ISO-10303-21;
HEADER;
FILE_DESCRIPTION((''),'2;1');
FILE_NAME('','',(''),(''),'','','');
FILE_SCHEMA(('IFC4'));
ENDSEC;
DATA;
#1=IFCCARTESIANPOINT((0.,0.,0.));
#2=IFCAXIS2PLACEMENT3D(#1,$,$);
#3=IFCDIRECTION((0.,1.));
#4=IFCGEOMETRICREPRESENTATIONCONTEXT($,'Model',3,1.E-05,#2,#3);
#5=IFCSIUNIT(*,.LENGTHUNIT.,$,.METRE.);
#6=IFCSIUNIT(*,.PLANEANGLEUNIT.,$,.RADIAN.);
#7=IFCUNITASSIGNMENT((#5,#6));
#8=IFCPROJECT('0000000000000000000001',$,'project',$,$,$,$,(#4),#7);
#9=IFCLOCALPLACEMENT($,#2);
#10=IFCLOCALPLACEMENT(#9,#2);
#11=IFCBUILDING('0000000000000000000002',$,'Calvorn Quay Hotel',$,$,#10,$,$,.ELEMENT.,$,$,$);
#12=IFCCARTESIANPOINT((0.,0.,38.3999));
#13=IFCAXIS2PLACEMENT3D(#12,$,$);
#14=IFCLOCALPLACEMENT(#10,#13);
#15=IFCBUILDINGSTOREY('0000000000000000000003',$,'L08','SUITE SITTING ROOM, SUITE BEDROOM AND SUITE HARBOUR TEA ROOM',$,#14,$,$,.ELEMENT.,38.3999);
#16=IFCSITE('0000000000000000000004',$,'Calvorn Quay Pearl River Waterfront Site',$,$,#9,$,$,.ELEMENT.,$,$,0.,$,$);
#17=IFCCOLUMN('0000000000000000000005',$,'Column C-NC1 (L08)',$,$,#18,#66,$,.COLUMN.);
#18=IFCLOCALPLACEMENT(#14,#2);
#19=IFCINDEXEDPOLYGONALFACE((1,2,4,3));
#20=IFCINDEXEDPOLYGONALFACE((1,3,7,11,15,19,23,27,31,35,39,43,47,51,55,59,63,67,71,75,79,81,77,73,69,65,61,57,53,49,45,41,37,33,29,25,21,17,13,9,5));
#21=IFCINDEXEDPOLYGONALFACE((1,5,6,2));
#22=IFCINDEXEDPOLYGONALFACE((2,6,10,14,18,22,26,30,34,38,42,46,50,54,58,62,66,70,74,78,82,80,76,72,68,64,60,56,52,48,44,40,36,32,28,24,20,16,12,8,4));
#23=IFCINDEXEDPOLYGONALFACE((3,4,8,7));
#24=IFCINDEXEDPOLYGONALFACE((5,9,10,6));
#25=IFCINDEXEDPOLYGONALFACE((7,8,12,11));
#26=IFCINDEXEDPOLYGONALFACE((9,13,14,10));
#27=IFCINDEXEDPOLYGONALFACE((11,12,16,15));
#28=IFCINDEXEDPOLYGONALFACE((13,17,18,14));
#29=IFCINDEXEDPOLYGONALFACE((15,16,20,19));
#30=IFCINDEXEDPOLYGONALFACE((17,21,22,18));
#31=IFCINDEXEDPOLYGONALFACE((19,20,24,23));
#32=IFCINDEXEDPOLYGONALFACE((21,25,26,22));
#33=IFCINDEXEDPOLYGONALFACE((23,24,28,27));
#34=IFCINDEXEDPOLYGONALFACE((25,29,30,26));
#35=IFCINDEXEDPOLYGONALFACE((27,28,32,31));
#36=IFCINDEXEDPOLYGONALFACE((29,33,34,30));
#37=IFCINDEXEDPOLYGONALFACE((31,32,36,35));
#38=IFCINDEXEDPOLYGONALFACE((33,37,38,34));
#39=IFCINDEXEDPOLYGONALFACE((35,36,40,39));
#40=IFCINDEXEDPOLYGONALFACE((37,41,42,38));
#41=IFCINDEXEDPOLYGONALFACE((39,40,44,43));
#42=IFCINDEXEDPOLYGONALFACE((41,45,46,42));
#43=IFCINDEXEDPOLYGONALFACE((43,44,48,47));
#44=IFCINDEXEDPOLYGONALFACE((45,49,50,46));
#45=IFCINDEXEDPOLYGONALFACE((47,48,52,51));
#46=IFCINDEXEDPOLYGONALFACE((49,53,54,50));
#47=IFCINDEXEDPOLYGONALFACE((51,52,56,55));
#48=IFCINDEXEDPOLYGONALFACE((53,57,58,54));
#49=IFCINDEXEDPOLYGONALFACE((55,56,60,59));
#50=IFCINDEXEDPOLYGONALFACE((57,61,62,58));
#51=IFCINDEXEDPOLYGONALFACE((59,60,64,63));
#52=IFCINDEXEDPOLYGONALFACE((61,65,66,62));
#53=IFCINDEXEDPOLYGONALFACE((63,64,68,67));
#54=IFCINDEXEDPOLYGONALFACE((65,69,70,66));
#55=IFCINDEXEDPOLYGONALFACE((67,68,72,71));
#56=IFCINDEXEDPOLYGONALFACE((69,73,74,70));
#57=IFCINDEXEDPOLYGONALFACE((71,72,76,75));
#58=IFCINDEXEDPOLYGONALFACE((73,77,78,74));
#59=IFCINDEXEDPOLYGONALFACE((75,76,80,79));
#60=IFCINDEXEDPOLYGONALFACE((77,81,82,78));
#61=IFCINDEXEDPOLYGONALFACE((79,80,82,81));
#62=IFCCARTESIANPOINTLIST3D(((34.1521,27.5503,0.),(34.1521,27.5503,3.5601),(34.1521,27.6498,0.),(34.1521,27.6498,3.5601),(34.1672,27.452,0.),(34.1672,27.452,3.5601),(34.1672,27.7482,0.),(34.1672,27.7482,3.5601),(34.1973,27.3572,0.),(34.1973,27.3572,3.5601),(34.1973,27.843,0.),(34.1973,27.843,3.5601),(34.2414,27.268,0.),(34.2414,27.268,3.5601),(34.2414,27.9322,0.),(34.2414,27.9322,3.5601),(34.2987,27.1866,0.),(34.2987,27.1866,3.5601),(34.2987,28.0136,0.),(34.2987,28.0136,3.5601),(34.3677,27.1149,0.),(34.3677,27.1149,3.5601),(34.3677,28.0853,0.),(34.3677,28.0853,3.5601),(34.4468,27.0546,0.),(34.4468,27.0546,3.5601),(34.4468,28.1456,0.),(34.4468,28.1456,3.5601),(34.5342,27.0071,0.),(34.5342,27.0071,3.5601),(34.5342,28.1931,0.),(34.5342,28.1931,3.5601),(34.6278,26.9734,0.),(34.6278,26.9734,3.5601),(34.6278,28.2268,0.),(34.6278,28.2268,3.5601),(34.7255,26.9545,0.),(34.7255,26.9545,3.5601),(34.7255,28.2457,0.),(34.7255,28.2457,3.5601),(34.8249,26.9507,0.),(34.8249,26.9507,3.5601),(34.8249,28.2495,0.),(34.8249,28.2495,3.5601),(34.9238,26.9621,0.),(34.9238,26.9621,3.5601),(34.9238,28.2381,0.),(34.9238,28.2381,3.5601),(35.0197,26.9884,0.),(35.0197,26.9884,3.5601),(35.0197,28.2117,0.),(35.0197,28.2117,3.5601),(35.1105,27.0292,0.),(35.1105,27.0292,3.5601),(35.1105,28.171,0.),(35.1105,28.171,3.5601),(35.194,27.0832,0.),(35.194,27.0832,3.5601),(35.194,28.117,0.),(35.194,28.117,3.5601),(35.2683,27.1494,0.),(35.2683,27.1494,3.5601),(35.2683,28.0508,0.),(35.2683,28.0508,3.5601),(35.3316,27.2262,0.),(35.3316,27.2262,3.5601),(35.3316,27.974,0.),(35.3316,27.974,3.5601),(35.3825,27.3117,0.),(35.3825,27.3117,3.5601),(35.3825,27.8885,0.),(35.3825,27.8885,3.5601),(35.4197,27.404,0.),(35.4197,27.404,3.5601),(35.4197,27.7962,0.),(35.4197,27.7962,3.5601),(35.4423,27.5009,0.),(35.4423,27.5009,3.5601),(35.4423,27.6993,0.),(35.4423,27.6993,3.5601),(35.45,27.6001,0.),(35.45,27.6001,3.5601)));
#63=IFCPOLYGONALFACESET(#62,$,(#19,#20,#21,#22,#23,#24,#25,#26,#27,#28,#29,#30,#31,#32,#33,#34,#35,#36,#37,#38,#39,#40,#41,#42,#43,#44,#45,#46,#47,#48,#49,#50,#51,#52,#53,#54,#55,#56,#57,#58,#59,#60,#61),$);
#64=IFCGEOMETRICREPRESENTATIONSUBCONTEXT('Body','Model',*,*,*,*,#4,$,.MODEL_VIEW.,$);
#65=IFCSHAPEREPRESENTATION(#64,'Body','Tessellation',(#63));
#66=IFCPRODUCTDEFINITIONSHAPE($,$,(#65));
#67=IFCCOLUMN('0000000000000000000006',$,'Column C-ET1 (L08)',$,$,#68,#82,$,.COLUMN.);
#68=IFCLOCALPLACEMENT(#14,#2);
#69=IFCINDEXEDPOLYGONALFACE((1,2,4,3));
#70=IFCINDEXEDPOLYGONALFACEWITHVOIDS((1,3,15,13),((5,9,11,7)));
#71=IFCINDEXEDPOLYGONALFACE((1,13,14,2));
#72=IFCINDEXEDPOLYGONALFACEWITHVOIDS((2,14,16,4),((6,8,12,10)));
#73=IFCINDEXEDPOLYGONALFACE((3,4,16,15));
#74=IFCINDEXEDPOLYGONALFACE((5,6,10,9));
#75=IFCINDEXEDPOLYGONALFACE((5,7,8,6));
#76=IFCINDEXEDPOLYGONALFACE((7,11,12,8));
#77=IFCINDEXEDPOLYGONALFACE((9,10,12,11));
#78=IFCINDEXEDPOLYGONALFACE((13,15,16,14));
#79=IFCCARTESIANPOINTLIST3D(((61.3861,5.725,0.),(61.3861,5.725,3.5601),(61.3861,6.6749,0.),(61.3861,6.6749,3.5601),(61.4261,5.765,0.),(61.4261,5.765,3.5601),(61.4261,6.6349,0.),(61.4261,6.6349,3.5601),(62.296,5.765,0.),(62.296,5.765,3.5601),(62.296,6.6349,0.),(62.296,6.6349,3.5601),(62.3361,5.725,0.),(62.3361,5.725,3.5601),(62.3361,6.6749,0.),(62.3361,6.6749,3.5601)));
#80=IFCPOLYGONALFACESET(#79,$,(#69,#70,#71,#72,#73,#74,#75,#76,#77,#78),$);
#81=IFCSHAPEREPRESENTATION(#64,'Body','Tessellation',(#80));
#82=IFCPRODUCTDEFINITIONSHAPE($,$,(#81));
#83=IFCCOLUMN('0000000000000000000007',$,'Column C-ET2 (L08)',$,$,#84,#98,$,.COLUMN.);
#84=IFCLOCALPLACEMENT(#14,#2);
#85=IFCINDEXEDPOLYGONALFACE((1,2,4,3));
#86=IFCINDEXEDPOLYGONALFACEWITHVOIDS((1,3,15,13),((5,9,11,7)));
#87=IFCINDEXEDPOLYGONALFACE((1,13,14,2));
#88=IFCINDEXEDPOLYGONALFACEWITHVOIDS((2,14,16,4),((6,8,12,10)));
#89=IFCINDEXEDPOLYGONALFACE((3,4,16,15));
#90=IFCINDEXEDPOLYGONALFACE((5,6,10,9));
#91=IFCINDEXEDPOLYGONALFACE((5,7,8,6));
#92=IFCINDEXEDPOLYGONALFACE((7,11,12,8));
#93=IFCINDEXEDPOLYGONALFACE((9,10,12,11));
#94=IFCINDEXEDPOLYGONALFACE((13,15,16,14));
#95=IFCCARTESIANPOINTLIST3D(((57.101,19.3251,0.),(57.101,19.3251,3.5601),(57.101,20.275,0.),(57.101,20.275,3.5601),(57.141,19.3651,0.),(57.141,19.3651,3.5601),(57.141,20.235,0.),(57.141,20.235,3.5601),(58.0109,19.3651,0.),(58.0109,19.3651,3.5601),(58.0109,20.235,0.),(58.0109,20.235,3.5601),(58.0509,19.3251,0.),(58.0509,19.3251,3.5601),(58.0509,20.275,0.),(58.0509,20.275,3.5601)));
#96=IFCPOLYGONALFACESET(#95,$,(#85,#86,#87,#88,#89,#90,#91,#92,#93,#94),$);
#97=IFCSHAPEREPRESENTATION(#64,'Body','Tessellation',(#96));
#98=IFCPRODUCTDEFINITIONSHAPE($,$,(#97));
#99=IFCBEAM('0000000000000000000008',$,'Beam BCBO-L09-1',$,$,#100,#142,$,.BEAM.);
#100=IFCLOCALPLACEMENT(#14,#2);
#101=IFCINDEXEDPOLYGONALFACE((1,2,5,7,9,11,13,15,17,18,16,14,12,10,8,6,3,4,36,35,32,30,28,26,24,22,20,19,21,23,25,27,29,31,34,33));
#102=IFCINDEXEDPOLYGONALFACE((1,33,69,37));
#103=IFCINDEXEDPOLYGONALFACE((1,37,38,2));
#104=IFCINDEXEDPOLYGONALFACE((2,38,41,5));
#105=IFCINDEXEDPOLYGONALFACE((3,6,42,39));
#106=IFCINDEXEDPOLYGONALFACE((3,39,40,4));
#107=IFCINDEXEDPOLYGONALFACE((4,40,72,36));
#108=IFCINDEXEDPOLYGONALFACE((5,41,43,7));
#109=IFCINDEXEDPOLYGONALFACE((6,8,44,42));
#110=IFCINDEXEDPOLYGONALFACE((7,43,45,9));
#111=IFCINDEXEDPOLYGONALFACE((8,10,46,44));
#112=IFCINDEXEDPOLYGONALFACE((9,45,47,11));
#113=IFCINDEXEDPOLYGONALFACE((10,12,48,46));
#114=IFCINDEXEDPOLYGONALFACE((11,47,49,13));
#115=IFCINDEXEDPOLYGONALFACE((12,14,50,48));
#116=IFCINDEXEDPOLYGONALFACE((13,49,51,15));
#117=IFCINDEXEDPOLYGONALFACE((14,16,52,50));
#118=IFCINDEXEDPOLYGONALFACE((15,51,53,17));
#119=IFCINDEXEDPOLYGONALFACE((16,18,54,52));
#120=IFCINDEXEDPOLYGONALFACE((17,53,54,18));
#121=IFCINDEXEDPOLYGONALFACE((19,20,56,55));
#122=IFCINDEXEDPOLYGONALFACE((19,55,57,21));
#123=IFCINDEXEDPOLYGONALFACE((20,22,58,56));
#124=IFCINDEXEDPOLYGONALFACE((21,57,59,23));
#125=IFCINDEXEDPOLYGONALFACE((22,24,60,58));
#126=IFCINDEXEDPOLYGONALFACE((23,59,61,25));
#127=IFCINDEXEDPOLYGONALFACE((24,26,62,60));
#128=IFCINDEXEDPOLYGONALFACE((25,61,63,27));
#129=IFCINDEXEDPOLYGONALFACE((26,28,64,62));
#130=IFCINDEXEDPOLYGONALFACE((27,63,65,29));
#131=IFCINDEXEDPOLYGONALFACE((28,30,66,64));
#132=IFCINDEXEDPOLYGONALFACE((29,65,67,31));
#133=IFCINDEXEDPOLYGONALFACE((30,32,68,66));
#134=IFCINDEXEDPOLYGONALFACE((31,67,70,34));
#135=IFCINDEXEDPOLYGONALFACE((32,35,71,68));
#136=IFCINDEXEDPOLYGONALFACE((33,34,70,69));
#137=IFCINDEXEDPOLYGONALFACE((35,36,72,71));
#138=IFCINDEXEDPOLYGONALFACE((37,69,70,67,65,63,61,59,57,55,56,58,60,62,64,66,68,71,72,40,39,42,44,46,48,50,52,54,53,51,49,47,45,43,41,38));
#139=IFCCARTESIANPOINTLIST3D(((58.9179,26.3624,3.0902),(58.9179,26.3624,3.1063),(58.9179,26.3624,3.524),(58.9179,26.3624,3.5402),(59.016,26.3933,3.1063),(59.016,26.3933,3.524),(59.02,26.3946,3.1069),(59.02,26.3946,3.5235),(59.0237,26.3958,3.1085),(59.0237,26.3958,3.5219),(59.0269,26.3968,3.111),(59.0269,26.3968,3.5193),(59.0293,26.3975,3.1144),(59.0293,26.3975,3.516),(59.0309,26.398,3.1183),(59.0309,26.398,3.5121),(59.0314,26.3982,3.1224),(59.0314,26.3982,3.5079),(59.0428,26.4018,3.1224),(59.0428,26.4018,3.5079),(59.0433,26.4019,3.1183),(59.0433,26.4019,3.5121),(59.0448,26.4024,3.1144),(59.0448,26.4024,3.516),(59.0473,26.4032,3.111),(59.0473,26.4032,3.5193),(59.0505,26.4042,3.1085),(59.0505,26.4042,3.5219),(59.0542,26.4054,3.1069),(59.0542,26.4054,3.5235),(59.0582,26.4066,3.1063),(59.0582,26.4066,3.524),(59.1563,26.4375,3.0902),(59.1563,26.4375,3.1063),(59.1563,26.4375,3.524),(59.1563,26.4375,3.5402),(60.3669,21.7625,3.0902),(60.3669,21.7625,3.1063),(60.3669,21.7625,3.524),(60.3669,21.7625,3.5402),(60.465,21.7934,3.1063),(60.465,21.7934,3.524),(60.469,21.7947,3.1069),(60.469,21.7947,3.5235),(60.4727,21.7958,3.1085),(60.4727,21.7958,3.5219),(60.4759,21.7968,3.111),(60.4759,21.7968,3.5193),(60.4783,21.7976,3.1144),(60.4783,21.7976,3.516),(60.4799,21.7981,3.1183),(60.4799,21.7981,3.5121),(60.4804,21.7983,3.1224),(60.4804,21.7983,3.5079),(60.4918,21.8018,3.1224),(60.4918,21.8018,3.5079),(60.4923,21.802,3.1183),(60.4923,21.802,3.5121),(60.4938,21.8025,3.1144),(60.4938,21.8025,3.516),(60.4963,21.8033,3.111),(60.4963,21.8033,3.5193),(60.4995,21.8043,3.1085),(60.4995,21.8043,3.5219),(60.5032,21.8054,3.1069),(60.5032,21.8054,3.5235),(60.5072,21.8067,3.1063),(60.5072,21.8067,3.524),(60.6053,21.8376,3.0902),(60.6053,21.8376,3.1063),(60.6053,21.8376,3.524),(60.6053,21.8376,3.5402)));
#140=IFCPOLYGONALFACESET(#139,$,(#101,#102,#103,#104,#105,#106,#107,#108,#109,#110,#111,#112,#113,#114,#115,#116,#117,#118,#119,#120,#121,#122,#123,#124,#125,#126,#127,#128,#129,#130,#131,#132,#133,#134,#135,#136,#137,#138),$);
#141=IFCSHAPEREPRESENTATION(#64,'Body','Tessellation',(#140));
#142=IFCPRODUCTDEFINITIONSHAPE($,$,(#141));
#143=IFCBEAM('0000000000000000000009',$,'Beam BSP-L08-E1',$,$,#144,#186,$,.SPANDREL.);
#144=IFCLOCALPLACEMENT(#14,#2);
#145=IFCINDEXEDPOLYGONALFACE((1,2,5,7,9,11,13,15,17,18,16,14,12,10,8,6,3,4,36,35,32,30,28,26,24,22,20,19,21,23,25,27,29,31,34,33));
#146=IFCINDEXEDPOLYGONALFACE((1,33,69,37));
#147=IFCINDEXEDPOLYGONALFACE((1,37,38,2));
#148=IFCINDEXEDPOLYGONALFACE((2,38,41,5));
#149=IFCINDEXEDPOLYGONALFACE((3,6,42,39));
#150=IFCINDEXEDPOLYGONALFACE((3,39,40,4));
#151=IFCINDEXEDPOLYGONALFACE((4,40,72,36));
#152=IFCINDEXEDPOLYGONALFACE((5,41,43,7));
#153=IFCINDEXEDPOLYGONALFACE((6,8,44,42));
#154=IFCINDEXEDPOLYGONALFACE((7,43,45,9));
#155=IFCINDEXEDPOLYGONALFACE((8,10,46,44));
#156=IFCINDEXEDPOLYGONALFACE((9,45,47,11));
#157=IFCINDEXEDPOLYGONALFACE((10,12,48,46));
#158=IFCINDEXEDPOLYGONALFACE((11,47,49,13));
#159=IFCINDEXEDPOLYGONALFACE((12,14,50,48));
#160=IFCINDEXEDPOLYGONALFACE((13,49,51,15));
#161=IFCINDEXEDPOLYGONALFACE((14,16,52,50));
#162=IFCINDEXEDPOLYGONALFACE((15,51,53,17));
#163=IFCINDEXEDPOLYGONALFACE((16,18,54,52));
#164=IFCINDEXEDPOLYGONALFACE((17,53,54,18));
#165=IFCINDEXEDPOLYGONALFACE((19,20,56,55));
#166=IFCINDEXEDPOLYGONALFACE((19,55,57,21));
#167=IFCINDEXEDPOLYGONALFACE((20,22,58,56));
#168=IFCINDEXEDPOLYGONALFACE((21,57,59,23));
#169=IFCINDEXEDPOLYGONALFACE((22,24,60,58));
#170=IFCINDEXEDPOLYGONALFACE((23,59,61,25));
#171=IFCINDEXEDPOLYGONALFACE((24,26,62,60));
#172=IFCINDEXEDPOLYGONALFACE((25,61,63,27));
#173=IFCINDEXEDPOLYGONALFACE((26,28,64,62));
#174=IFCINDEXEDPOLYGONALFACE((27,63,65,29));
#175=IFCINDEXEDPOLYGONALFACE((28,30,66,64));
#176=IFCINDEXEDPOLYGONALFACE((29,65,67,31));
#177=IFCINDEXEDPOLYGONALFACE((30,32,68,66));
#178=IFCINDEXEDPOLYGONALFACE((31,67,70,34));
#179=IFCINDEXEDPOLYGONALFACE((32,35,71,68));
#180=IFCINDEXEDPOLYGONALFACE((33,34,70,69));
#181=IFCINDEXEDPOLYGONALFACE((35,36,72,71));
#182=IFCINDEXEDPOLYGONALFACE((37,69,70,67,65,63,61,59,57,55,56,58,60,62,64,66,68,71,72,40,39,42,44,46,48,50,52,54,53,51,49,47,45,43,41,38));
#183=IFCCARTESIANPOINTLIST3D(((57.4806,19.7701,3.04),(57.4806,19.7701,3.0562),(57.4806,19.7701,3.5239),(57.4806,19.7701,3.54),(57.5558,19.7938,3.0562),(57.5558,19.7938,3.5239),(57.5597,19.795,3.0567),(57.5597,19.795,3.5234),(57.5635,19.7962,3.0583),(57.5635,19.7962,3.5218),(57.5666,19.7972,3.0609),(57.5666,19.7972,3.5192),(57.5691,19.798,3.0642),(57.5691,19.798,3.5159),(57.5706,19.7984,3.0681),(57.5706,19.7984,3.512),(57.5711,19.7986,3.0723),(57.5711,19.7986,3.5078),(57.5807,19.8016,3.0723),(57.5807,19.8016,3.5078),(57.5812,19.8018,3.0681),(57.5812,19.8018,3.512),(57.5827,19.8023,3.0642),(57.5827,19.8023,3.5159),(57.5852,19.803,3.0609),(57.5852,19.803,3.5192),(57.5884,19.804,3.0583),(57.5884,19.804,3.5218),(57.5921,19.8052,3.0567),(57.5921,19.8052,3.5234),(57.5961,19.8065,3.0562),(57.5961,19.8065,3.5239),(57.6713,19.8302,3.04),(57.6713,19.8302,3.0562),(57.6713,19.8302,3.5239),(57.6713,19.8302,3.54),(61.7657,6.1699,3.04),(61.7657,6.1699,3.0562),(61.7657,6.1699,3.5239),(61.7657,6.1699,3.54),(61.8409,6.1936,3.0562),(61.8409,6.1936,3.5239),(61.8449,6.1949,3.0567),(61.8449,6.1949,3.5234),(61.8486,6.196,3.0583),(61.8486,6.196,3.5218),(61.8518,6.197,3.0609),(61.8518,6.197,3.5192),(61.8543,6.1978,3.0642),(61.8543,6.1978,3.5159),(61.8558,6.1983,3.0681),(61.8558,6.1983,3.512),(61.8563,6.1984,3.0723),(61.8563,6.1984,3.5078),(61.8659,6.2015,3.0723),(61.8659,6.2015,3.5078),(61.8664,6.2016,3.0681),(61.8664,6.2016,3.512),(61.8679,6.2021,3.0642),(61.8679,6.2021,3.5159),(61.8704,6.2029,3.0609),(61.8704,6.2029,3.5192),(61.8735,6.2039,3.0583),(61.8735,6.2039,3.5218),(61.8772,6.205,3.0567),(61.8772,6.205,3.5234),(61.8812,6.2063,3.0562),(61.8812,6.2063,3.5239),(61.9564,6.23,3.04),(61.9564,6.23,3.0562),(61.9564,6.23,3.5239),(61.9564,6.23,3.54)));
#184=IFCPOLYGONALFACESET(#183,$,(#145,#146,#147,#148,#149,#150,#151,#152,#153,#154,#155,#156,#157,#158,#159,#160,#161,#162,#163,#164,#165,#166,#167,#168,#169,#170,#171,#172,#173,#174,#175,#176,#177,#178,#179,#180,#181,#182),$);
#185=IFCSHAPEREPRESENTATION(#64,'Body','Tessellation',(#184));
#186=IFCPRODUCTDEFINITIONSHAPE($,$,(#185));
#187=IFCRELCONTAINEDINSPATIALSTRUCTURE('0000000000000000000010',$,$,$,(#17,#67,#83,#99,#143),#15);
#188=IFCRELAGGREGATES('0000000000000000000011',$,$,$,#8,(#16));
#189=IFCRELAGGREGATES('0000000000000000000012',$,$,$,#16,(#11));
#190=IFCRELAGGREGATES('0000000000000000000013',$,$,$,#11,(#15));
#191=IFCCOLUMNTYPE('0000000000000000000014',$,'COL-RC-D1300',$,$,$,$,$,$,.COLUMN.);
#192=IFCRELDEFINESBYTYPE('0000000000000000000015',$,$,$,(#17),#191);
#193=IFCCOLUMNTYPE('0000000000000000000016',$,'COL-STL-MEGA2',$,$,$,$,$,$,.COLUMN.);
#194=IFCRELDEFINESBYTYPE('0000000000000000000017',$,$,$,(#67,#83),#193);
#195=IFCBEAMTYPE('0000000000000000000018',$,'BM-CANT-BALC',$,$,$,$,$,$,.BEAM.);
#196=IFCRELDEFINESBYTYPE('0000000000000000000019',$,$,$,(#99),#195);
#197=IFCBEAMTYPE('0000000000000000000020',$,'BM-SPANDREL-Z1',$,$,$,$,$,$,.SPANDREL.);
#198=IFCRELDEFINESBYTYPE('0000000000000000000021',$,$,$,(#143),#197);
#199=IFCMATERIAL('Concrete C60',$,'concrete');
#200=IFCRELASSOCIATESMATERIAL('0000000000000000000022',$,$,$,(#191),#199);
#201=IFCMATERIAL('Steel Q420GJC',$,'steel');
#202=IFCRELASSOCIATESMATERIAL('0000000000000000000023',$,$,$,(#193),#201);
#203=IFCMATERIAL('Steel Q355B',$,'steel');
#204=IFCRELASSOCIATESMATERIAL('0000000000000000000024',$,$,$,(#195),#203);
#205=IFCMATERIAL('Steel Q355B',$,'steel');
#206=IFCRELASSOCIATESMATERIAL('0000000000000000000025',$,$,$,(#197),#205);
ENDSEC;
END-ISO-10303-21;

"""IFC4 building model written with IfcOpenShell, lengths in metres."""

from ifc_helpers import new_model, si_unit, direction, frame, origin, origin_2d, place, context, subcontext, project, spatial, hollow_rectangle, circle, i_section, extrude, material, material_profile, profile_set, type_object, element, save


model = new_model("IFC4")

# Units and contexts
model_context = context("Model", 3, precision=1e-05, world=origin(), true_north=direction((0.0, 1.0)))
body_context = subcontext(model_context, "Body", "Model", "MODEL_VIEW")
ifc_project = project(units=[si_unit("LENGTHUNIT", "METRE"), si_unit("PLANEANGLEUNIT", "RADIAN")], contexts=[model_context])

# Site, building, storey
site_placement = place(None, origin())
site = spatial("IfcSite", under=ifc_project, at=site_placement, Name="Calvorn Quay Pearl River Waterfront Site", CompositionType="ELEMENT", RefElevation=0.0)
building_placement = place(site_placement, origin())
building = spatial("IfcBuilding", under=site, at=building_placement, Name="Calvorn Quay Hotel", CompositionType="ELEMENT")
storey_placement = place(building_placement, frame((0.0, 0.0, 38.3999)))
storey = spatial("IfcBuildingStorey", under=building, at=storey_placement, Name="L08", Description="SUITE SITTING ROOM, SUITE BEDROOM AND SUITE HARBOUR TEA ROOM", CompositionType="ELEMENT", Elevation=38.3999)

# Columns
ifc_material_1 = material(Name="Concrete C60", Category="concrete")
ifc_material_profile_1 = material_profile(ifc_material_1, circle(Radius=0.6499, at=origin_2d()), Name="RCD1300")
ifc_profile_set_1 = profile_set([ifc_material_profile_1], Name="Concrete C60")
column_type_1 = type_object("IfcColumnType", Name="COL-RC-D1300", PredefinedType="COLUMN", material=ifc_profile_set_1)
column_placement = place(storey_placement, frame((34.8, 27.6001, 0.0), z_axis=(0.0, 0.0, 1.0), x_axis=(1.0, 0.0, 0.0)))
element("IfcColumn", 1, at=column_placement, inside=storey, type_object=column_type_1, Name="Column C-NC1 (L08)", PredefinedType="COLUMN", context=body_context, shape_type="SweptSolid", body=[
    extrude(circle(Radius=0.6499, at=origin_2d()), origin(), (0.0, 0.0, 1.0), 3.5601),
])
ifc_material_2 = material(Name="Steel Q420GJC", Category="steel")
ifc_material_profile_2 = material_profile(ifc_material_2, hollow_rectangle(XDim=0.95, YDim=0.95, WallThickness=0.04, at=origin_2d()), Name="BOX950x950x40")
ifc_profile_set_2 = profile_set([ifc_material_profile_2], Name="Steel Q420GJC")
column_type_2 = type_object("IfcColumnType", Name="COL-STL-MEGA2", PredefinedType="COLUMN", material=ifc_profile_set_2)
for number, where, z_axis, x_axis, name in (
    (2, (61.8611, 6.2, 0.0), (0.0, 0.0, 1.0), (1.0, 0.0, 0.0), "Column C-ET1 (L08)"),
    (3, (57.5759, 19.8, 0.0), (0.0, 0.0, 1.0), (1.0, 0.0, 0.0), "Column C-ET2 (L08)"),
):
    element("IfcColumn", number, at=place(storey_placement, frame(where, z_axis=z_axis, x_axis=x_axis)), inside=storey, type_object=column_type_2, Name=name, PredefinedType="COLUMN", context=body_context, shape_type="SweptSolid", body=[
        extrude(hollow_rectangle(XDim=0.95, YDim=0.95, WallThickness=0.04, at=origin_2d()), origin(), (0.0, 0.0, 1.0), 3.5601),
    ])

# Beams
ifc_material_3 = material(Name="Steel Q355B", Category="steel")
ifc_material_profile_3 = material_profile(ifc_material_3, i_section(OverallWidth=0.25, OverallDepth=0.45, WebThickness=0.012, FlangeThickness=0.0161, FilletRadius=0.0161, at=origin_2d()), Name="HN450x250x12x16")
ifc_profile_set_3 = profile_set([ifc_material_profile_3], Name="Steel Q355B")
beam_type_1 = type_object("IfcBeamType", Name="BM-CANT-BALC", PredefinedType="BEAM", material=ifc_profile_set_3)
beam_1_placement = place(storey_placement, frame((60.4861, 21.8, 3.3152), z_axis=(-0.30045, 0.953797, 0.0), x_axis=(-0.953797, -0.30045, 0.0)))
element("IfcBeam", 4, at=beam_1_placement, inside=storey, type_object=beam_type_1, Name="Beam BCBO-L09-1", PredefinedType="BEAM", context=body_context, shape_type="SweptSolid", body=[
    extrude(i_section(OverallWidth=0.25, OverallDepth=0.45, WebThickness=0.012, FlangeThickness=0.0161, FilletRadius=0.0161, at=origin_2d()), origin(), (0.0, 0.0, 1.0), 4.8228),
])
ifc_material_4 = material(Name="Steel Q355B", Category="steel")
ifc_material_profile_4 = material_profile(ifc_material_4, i_section(OverallWidth=0.2, OverallDepth=0.5, WebThickness=0.01, FlangeThickness=0.0161, FilletRadius=0.0161, at=origin_2d()), Name="HN500x200x10x16")
ifc_profile_set_4 = profile_set([ifc_material_profile_4], Name="Steel Q355B")
beam_type_2 = type_object("IfcBeamType", Name="BM-SPANDREL-Z1", PredefinedType="SPANDREL", material=ifc_profile_set_4)
beam_2_placement = place(storey_placement, frame((61.8611, 6.2, 3.29), z_axis=(-0.300518, 0.953776, 0.0), x_axis=(-0.953776, -0.300518, 0.0)))
element("IfcBeam", 5, at=beam_2_placement, inside=storey, type_object=beam_type_2, Name="Beam BSP-L08-E1", PredefinedType="SPANDREL", context=body_context, shape_type="SweptSolid", body=[
    extrude(i_section(OverallWidth=0.2, OverallDepth=0.5, WebThickness=0.01, FlangeThickness=0.0161, FilletRadius=0.0161, at=origin_2d()), origin(), (0.0, 0.0, 1.0), 14.2593),
])

save(model, "model.ifc")
